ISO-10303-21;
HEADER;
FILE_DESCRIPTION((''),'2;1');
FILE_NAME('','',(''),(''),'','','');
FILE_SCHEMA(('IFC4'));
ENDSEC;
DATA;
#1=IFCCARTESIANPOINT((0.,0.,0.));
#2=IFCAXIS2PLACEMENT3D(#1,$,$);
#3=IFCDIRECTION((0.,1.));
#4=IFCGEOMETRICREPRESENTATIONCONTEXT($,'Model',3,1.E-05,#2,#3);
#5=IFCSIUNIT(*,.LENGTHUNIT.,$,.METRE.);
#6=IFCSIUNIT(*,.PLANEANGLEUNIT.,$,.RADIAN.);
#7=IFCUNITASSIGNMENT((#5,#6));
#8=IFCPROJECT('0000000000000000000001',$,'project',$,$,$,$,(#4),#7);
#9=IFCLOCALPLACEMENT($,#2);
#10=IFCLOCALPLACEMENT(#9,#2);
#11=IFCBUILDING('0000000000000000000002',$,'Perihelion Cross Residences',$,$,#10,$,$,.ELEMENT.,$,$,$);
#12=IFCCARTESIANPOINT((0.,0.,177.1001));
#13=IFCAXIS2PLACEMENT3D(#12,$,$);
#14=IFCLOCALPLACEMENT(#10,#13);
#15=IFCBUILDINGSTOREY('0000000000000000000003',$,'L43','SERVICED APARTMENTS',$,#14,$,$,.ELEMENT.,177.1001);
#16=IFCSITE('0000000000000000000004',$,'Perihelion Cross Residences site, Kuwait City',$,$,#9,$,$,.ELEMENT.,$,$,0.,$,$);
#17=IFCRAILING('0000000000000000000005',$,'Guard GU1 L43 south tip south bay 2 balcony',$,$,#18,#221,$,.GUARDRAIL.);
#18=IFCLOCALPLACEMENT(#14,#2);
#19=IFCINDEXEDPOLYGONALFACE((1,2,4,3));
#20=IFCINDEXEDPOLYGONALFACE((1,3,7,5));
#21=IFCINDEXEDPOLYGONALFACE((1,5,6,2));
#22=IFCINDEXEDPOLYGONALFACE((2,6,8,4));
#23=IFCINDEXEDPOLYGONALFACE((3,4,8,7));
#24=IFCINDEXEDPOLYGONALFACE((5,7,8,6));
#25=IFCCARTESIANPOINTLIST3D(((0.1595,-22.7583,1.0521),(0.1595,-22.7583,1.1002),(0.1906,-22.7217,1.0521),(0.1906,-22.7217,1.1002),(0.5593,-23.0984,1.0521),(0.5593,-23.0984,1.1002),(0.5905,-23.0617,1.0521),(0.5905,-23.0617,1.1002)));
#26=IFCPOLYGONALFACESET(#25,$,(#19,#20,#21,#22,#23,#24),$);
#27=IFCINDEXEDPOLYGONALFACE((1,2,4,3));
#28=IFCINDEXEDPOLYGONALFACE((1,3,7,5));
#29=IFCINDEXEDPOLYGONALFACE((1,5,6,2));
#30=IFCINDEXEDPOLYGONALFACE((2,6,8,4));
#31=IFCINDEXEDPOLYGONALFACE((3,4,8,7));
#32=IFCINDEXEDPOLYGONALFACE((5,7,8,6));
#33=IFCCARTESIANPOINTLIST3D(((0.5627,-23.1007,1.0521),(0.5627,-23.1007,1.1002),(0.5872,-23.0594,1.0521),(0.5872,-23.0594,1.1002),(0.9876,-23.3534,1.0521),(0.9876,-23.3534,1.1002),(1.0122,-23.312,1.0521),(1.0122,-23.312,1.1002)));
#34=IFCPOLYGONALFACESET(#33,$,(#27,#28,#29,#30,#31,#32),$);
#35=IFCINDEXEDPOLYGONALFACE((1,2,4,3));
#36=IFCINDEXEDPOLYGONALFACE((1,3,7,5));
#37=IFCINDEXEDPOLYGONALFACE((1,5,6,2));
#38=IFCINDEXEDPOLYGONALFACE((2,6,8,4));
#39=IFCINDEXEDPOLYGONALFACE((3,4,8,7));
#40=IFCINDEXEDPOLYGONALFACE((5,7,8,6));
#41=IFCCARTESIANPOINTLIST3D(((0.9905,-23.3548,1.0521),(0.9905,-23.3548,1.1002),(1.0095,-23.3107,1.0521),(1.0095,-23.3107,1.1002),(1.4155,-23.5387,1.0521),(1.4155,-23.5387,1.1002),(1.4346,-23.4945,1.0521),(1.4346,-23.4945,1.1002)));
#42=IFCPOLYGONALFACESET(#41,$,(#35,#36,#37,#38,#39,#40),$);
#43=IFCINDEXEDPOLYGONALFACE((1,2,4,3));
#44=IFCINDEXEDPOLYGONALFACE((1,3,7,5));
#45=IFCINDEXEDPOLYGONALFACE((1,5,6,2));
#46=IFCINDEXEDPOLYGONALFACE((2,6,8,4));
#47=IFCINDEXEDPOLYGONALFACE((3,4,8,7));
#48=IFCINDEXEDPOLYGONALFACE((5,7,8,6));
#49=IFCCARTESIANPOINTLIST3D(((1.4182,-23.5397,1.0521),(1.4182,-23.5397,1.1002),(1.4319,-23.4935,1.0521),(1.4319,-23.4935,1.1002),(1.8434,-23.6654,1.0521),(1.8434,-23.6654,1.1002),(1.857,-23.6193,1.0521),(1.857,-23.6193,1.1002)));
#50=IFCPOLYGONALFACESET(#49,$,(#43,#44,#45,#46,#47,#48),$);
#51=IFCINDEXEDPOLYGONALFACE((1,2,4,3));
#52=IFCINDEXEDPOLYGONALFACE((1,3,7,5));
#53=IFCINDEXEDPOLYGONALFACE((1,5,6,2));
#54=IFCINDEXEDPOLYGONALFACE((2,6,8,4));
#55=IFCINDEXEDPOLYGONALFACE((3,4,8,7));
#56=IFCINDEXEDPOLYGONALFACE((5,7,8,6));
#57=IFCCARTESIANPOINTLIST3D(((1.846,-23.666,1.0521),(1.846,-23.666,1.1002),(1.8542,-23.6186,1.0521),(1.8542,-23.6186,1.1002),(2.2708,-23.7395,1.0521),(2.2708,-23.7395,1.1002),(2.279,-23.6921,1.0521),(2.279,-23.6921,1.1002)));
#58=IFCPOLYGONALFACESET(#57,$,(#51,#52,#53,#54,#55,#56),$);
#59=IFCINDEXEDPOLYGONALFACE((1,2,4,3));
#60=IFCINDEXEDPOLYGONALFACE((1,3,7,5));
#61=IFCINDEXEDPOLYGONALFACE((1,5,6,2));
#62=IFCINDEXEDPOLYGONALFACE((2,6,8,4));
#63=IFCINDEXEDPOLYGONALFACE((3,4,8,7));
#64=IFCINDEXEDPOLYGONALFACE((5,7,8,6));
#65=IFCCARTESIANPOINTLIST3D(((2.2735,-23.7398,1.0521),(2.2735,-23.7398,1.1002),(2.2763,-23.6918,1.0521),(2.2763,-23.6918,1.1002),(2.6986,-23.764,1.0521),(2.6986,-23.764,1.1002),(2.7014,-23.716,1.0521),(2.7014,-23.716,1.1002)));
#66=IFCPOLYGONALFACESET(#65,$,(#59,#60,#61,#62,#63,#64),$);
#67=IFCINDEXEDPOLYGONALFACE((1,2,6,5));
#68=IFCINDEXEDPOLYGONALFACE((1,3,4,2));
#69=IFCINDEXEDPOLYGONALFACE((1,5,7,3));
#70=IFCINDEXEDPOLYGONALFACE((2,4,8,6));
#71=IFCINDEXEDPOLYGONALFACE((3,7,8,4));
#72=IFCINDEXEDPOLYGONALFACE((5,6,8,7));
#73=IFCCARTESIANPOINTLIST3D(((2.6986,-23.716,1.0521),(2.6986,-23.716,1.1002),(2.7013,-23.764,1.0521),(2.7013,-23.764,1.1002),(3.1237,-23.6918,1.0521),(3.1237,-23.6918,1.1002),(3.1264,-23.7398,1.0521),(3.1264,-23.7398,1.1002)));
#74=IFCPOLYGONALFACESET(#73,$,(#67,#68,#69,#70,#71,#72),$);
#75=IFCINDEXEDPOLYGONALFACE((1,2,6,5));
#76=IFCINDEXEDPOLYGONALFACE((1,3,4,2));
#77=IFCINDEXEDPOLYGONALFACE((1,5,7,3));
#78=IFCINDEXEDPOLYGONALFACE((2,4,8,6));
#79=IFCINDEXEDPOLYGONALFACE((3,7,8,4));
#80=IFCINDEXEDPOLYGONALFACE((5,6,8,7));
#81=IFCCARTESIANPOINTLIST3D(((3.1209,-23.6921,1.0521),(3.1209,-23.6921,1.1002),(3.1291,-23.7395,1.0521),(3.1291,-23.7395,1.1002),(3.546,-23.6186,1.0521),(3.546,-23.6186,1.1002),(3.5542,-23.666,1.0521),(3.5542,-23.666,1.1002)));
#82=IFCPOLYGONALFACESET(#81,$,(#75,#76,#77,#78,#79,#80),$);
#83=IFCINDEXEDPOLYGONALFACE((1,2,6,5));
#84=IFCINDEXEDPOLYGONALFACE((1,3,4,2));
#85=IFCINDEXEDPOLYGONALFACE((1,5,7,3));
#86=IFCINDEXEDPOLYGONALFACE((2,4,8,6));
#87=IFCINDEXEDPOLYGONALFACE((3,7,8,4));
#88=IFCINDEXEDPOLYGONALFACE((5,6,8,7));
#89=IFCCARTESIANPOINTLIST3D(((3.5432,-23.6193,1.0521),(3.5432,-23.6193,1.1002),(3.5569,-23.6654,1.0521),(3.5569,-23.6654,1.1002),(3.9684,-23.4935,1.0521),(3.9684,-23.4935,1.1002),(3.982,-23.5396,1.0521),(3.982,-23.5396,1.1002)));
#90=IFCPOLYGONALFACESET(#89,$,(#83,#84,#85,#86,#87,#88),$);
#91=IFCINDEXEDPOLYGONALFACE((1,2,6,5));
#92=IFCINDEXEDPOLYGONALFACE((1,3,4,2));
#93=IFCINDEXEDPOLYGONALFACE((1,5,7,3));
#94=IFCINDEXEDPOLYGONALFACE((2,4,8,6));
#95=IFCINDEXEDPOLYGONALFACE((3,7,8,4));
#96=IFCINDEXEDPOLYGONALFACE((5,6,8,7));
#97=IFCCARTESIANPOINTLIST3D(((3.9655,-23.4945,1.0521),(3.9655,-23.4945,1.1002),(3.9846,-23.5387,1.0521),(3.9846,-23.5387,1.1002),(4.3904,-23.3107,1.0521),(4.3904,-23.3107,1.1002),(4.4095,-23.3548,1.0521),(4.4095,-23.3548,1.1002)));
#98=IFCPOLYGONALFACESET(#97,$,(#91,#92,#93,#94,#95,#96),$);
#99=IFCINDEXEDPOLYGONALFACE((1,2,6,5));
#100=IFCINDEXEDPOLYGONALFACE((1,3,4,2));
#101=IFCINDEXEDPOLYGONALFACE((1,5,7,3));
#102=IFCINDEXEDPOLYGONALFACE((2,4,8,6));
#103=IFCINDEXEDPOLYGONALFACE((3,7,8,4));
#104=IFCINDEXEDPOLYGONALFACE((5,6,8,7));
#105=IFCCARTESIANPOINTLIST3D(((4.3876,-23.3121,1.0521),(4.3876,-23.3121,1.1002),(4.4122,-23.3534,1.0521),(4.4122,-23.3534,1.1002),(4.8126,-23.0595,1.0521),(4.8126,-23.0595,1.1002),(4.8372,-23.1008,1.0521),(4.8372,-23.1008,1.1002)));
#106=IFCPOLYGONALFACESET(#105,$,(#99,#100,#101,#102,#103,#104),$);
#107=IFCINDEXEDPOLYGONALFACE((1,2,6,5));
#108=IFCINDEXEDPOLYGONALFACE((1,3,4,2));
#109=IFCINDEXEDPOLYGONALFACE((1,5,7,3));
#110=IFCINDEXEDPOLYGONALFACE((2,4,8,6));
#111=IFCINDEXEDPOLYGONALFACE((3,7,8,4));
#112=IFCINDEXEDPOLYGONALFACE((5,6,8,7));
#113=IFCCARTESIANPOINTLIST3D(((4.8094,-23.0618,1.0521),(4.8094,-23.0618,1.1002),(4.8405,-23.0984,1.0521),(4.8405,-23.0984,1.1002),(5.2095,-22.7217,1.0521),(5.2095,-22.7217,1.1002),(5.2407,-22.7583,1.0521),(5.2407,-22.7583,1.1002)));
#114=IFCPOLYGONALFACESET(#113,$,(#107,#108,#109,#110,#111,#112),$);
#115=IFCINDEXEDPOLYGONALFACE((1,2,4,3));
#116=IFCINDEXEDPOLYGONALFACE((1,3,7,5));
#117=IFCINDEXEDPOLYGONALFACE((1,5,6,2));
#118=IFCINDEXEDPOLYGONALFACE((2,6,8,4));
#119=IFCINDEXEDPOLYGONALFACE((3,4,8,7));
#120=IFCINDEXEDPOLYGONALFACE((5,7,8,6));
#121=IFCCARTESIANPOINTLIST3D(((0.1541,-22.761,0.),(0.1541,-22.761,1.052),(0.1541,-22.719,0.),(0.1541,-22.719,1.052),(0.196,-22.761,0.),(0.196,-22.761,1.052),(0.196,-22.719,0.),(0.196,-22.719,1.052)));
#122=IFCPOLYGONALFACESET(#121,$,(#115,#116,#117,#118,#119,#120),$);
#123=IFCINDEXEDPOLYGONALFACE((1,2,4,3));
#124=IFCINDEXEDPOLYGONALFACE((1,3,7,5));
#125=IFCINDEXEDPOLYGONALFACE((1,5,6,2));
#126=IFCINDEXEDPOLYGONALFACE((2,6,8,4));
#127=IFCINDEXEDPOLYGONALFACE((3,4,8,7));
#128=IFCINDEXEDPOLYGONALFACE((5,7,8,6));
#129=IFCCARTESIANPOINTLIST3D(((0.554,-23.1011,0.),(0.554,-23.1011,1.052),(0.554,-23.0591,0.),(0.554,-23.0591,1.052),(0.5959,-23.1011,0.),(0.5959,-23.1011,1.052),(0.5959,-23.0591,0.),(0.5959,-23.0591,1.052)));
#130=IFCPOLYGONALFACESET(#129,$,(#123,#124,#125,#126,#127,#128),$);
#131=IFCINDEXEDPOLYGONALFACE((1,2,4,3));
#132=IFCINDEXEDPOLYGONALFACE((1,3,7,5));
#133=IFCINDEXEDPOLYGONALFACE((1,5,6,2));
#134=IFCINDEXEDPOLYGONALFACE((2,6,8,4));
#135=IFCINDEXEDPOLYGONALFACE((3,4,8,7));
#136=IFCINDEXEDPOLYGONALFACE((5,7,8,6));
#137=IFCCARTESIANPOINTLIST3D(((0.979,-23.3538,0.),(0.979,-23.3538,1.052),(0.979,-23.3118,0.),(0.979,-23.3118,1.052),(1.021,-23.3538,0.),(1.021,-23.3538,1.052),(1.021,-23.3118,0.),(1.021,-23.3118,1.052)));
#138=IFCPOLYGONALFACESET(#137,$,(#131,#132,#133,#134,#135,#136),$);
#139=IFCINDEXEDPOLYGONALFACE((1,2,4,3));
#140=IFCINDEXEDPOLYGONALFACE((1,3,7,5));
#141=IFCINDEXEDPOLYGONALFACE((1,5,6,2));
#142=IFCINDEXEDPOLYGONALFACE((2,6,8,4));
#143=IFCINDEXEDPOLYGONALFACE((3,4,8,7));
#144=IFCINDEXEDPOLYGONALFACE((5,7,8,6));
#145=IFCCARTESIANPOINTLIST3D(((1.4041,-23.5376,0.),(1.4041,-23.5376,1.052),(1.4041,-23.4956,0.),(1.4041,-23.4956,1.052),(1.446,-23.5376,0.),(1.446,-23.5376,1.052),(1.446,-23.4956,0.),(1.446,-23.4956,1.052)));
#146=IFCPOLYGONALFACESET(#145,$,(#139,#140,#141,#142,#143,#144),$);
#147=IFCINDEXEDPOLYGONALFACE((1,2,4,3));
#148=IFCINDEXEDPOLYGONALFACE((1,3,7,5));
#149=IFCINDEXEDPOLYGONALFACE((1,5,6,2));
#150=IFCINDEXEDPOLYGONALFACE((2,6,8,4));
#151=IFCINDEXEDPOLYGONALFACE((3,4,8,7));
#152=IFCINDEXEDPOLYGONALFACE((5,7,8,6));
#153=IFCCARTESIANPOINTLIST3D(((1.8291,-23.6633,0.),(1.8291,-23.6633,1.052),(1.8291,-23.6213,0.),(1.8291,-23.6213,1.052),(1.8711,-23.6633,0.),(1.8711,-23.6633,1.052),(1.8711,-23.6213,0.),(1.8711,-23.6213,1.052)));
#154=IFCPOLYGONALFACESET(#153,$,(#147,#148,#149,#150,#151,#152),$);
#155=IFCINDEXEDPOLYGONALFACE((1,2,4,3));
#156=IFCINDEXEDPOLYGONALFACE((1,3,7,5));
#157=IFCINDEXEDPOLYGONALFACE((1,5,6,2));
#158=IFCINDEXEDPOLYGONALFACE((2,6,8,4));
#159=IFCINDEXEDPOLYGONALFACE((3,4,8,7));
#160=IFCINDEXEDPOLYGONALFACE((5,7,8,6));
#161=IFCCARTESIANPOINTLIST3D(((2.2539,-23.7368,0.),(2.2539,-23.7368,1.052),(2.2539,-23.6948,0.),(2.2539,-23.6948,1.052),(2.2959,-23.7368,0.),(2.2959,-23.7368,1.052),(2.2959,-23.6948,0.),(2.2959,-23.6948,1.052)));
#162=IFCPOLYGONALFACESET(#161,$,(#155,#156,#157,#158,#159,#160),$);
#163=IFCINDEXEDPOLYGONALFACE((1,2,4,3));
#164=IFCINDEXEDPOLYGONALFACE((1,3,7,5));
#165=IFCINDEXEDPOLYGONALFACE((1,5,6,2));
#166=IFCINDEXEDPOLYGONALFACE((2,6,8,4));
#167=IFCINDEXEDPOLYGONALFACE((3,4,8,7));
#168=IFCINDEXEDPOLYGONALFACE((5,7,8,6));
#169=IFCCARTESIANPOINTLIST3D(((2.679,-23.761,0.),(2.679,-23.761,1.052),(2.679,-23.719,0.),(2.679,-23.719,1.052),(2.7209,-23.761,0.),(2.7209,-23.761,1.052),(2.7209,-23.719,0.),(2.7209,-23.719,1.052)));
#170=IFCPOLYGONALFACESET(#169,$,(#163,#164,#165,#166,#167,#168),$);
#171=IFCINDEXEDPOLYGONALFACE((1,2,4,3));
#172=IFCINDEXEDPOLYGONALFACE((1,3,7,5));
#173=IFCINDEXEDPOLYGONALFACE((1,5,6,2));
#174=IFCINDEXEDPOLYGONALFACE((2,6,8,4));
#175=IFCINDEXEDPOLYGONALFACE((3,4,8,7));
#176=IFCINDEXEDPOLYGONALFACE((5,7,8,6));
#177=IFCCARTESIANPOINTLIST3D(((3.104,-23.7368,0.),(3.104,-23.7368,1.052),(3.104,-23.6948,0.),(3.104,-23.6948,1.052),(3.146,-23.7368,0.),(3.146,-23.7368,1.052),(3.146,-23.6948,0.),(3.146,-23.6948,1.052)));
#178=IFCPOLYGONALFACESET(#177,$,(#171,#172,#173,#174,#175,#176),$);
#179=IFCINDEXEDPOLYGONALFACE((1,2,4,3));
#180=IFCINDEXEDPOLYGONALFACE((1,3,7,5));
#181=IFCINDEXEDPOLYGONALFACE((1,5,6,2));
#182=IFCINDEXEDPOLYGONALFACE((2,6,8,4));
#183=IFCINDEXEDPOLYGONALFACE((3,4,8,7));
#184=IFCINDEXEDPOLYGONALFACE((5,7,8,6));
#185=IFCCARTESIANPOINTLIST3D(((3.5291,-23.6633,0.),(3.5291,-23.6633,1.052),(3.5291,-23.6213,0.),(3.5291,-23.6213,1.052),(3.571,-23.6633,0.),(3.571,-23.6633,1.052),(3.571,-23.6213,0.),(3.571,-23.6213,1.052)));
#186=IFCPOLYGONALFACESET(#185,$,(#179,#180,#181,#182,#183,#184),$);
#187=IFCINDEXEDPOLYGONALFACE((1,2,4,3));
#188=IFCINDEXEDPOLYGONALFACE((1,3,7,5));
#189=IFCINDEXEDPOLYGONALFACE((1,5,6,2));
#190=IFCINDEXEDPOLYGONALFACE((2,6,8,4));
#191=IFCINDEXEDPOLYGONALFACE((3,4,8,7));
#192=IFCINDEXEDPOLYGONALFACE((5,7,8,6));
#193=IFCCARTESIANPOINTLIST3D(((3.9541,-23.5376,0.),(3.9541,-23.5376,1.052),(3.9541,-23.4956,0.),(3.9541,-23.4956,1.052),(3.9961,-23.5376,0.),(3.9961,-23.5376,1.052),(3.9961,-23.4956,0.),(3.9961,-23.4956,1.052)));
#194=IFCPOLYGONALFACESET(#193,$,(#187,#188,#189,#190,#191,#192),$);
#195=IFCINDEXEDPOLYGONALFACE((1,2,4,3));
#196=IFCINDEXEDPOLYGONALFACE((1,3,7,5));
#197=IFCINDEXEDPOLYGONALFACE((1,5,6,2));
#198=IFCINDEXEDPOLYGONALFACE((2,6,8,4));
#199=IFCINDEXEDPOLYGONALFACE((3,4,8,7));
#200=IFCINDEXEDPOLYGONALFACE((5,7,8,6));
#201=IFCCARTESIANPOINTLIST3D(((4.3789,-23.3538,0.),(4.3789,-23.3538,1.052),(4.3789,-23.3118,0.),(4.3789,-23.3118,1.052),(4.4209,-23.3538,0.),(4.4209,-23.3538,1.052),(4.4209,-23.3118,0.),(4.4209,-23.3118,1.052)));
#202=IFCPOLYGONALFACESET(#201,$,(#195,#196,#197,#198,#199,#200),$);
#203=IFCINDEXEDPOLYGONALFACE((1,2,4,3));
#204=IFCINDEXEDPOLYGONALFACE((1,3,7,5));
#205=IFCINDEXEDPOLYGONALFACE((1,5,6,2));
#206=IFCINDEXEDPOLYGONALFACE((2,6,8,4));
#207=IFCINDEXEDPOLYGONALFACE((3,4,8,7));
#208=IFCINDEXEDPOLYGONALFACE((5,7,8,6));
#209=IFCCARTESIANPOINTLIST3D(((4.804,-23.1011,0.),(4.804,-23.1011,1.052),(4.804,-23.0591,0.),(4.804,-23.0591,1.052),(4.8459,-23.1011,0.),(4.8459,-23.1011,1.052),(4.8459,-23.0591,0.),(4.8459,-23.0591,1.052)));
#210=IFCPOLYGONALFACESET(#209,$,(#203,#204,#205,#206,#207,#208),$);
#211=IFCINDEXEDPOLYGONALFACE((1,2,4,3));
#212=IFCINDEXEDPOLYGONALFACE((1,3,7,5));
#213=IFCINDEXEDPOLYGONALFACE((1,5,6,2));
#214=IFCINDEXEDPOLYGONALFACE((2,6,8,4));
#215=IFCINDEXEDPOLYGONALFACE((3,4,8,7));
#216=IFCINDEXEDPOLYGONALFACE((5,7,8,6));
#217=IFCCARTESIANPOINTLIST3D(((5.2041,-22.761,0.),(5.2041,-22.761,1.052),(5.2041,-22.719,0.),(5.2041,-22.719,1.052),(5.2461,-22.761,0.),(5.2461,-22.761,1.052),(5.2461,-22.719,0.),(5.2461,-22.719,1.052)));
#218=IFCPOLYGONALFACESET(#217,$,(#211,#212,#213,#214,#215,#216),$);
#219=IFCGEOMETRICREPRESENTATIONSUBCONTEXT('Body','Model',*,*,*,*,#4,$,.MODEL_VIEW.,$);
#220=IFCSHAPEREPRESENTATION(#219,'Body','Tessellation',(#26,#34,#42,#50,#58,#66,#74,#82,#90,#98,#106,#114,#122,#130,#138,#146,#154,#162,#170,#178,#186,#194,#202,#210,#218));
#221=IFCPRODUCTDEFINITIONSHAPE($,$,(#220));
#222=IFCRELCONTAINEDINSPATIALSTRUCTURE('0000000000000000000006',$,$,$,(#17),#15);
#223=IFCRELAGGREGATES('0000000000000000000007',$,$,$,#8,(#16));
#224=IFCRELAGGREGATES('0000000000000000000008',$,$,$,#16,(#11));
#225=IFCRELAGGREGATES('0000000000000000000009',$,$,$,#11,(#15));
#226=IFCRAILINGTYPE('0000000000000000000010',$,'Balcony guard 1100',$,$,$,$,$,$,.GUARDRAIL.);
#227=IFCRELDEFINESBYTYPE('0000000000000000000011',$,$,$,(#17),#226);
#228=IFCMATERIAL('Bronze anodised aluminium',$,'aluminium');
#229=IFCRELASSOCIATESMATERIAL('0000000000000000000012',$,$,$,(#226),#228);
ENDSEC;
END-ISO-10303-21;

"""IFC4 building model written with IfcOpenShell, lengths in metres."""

from ifc_helpers import new_model, si_unit, direction, frame, origin, origin_2d, place, context, subcontext, project, spatial, rectangle, extrude, material, type_object, element, save


model = new_model("IFC4")

# Units and contexts
model_context = context("Model", 3, precision=1e-05, world=origin(), true_north=direction((0.0, 1.0)))
body_context = subcontext(model_context, "Body", "Model", "MODEL_VIEW")
ifc_project = project(units=[si_unit("LENGTHUNIT", "METRE"), si_unit("PLANEANGLEUNIT", "RADIAN")], contexts=[model_context])

# Site, building, storey
site_placement = place(None, origin())
site = spatial("IfcSite", under=ifc_project, at=site_placement, Name="Perihelion Cross Residences site, Kuwait City", CompositionType="ELEMENT", RefElevation=0.0)
building_placement = place(site_placement, origin())
building = spatial("IfcBuilding", under=site, at=building_placement, Name="Perihelion Cross Residences", CompositionType="ELEMENT")
storey_placement = place(building_placement, frame((0.0, 0.0, 177.1001)))
storey = spatial("IfcBuildingStorey", under=building, at=storey_placement, Name="L43", Description="SERVICED APARTMENTS", CompositionType="ELEMENT", Elevation=177.1001)

# Railing
ifc_material_1 = material(Name="Bronze anodised aluminium", Category="aluminium")
railing_type = type_object("IfcRailingType", Name="Balcony guard 1100", PredefinedType="GUARDRAIL", material=ifc_material_1)
railing_placement = place(storey_placement, frame((0.175, -22.74, 0.0)))
element("IfcRailing", 1, at=railing_placement, inside=storey, type_object=railing_type, Name="Guard GU1 L43 south tip south bay 2 balcony", PredefinedType="GUARDRAIL", context=body_context, shape_type="SweptSolid", body=[
    extrude(rectangle(XDim=0.0481, YDim=0.0481, at=origin_2d()), frame((0.0, 0.0, 1.0762), z_axis=(0.761779, -0.647837, 0.0), x_axis=(0.647837, 0.761779, 0.0)), (0.0, 0.0, 1.0), 0.5249),
    extrude(rectangle(XDim=0.0481, YDim=0.0481, at=origin_2d()), frame((0.3999, -0.3401, 1.0762), z_axis=(0.859577, -0.511006, 0.0), x_axis=(0.511006, 0.859577, 0.0)), (0.0, 0.0, 1.0), 0.4944),
    extrude(rectangle(XDim=0.0481, YDim=0.0481, at=origin_2d()), frame((0.825, -0.5928, 1.0762), z_axis=(0.917831, -0.396971, 0.0), x_axis=(0.396971, 0.917831, 0.0)), (0.0, 0.0, 1.0), 0.4631),
    extrude(rectangle(XDim=0.0481, YDim=0.0481, at=origin_2d()), frame((1.25, -0.7766, 1.0762), z_axis=(0.958926, -0.283657, 0.0), x_axis=(0.283657, 0.958926, 0.0)), (0.0, 0.0, 1.0), 0.4434),
    extrude(rectangle(XDim=0.0481, YDim=0.0481, at=origin_2d()), frame((1.675, -0.9023, 1.0762), z_axis=(0.985365, -0.170457, 0.0), x_axis=(0.170457, 0.985365, 0.0)), (0.0, 0.0, 1.0), 0.4312),
    extrude(rectangle(XDim=0.0481, YDim=0.0481, at=origin_2d()), frame((2.0999, -0.9758, 1.0762), z_axis=(0.998387, -0.056772, 0.0), x_axis=(0.056772, 0.998387, 0.0)), (0.0, 0.0, 1.0), 0.4258),
    extrude(rectangle(XDim=0.0481, YDim=0.0481, at=origin_2d()), frame((2.5249, -1.0, 1.0762), z_axis=(0.998387, 0.056772, 0.0), x_axis=(-0.056772, 0.998387, 0.0)), (0.0, 0.0, 1.0), 0.4258),
    extrude(rectangle(XDim=0.0481, YDim=0.0481, at=origin_2d()), frame((2.95, -0.9758, 1.0762), z_axis=(0.985382, 0.170362, 0.0), x_axis=(-0.170362, 0.985382, 0.0)), (0.0, 0.0, 1.0), 0.4314),
    extrude(rectangle(XDim=0.0481, YDim=0.0481, at=origin_2d()), frame((3.375, -0.9023, 1.0762), z_axis=(0.958926, 0.283657, 0.0), x_axis=(-0.283657, 0.958926, 0.0)), (0.0, 0.0, 1.0), 0.4434),
    extrude(rectangle(XDim=0.0481, YDim=0.0481, at=origin_2d()), frame((3.8, -0.7766, 1.0762), z_axis=(0.917748, 0.397163, 0.0), x_axis=(-0.397163, 0.917748, 0.0)), (0.0, 0.0, 1.0), 0.4629),
    extrude(rectangle(XDim=0.0481, YDim=0.0481, at=origin_2d()), frame((4.2249, -0.5928, 1.0762), z_axis=(0.859577, 0.511006, 0.0), x_axis=(-0.511006, 0.859577, 0.0)), (0.0, 0.0, 1.0), 0.4944),
    extrude(rectangle(XDim=0.0481, YDim=0.0481, at=origin_2d()), frame((4.6499, -0.3401, 1.0762), z_axis=(0.761974, 0.647608, 0.0), x_axis=(-0.647608, 0.761974, 0.0)), (0.0, 0.0, 1.0), 0.5251),
    extrude(rectangle(XDim=0.042, YDim=0.042, at=origin_2d()), origin(), (0.0, 0.0, 1.0), 1.052),
    extrude(rectangle(XDim=0.042, YDim=0.042, at=origin_2d()), frame((0.3999, -0.3401, 0.0)), (0.0, 0.0, 1.0), 1.052),
    extrude(rectangle(XDim=0.042, YDim=0.042, at=origin_2d()), frame((0.825, -0.5928, 0.0)), (0.0, 0.0, 1.0), 1.052),
    extrude(rectangle(XDim=0.042, YDim=0.042, at=origin_2d()), frame((1.25, -0.7766, 0.0)), (0.0, 0.0, 1.0), 1.052),
    extrude(rectangle(XDim=0.042, YDim=0.042, at=origin_2d()), frame((1.675, -0.9023, 0.0)), (0.0, 0.0, 1.0), 1.052),
    extrude(rectangle(XDim=0.042, YDim=0.042, at=origin_2d()), frame((2.0999, -0.9758, 0.0)), (0.0, 0.0, 1.0), 1.052),
    extrude(rectangle(XDim=0.042, YDim=0.042, at=origin_2d()), frame((2.5249, -1.0, 0.0)), (0.0, 0.0, 1.0), 1.052),
    extrude(rectangle(XDim=0.042, YDim=0.042, at=origin_2d()), frame((2.95, -0.9758, 0.0)), (0.0, 0.0, 1.0), 1.052),
    extrude(rectangle(XDim=0.042, YDim=0.042, at=origin_2d()), frame((3.375, -0.9023, 0.0)), (0.0, 0.0, 1.0), 1.052),
    extrude(rectangle(XDim=0.042, YDim=0.042, at=origin_2d()), frame((3.8, -0.7766, 0.0)), (0.0, 0.0, 1.0), 1.052),
    extrude(rectangle(XDim=0.042, YDim=0.042, at=origin_2d()), frame((4.2249, -0.5928, 0.0)), (0.0, 0.0, 1.0), 1.052),
    extrude(rectangle(XDim=0.042, YDim=0.042, at=origin_2d()), frame((4.6499, -0.3401, 0.0)), (0.0, 0.0, 1.0), 1.052),
    extrude(rectangle(XDim=0.042, YDim=0.042, at=origin_2d()), frame((5.05, 0.0, 0.0)), (0.0, 0.0, 1.0), 1.052),
])

save(model, "model.ifc")
